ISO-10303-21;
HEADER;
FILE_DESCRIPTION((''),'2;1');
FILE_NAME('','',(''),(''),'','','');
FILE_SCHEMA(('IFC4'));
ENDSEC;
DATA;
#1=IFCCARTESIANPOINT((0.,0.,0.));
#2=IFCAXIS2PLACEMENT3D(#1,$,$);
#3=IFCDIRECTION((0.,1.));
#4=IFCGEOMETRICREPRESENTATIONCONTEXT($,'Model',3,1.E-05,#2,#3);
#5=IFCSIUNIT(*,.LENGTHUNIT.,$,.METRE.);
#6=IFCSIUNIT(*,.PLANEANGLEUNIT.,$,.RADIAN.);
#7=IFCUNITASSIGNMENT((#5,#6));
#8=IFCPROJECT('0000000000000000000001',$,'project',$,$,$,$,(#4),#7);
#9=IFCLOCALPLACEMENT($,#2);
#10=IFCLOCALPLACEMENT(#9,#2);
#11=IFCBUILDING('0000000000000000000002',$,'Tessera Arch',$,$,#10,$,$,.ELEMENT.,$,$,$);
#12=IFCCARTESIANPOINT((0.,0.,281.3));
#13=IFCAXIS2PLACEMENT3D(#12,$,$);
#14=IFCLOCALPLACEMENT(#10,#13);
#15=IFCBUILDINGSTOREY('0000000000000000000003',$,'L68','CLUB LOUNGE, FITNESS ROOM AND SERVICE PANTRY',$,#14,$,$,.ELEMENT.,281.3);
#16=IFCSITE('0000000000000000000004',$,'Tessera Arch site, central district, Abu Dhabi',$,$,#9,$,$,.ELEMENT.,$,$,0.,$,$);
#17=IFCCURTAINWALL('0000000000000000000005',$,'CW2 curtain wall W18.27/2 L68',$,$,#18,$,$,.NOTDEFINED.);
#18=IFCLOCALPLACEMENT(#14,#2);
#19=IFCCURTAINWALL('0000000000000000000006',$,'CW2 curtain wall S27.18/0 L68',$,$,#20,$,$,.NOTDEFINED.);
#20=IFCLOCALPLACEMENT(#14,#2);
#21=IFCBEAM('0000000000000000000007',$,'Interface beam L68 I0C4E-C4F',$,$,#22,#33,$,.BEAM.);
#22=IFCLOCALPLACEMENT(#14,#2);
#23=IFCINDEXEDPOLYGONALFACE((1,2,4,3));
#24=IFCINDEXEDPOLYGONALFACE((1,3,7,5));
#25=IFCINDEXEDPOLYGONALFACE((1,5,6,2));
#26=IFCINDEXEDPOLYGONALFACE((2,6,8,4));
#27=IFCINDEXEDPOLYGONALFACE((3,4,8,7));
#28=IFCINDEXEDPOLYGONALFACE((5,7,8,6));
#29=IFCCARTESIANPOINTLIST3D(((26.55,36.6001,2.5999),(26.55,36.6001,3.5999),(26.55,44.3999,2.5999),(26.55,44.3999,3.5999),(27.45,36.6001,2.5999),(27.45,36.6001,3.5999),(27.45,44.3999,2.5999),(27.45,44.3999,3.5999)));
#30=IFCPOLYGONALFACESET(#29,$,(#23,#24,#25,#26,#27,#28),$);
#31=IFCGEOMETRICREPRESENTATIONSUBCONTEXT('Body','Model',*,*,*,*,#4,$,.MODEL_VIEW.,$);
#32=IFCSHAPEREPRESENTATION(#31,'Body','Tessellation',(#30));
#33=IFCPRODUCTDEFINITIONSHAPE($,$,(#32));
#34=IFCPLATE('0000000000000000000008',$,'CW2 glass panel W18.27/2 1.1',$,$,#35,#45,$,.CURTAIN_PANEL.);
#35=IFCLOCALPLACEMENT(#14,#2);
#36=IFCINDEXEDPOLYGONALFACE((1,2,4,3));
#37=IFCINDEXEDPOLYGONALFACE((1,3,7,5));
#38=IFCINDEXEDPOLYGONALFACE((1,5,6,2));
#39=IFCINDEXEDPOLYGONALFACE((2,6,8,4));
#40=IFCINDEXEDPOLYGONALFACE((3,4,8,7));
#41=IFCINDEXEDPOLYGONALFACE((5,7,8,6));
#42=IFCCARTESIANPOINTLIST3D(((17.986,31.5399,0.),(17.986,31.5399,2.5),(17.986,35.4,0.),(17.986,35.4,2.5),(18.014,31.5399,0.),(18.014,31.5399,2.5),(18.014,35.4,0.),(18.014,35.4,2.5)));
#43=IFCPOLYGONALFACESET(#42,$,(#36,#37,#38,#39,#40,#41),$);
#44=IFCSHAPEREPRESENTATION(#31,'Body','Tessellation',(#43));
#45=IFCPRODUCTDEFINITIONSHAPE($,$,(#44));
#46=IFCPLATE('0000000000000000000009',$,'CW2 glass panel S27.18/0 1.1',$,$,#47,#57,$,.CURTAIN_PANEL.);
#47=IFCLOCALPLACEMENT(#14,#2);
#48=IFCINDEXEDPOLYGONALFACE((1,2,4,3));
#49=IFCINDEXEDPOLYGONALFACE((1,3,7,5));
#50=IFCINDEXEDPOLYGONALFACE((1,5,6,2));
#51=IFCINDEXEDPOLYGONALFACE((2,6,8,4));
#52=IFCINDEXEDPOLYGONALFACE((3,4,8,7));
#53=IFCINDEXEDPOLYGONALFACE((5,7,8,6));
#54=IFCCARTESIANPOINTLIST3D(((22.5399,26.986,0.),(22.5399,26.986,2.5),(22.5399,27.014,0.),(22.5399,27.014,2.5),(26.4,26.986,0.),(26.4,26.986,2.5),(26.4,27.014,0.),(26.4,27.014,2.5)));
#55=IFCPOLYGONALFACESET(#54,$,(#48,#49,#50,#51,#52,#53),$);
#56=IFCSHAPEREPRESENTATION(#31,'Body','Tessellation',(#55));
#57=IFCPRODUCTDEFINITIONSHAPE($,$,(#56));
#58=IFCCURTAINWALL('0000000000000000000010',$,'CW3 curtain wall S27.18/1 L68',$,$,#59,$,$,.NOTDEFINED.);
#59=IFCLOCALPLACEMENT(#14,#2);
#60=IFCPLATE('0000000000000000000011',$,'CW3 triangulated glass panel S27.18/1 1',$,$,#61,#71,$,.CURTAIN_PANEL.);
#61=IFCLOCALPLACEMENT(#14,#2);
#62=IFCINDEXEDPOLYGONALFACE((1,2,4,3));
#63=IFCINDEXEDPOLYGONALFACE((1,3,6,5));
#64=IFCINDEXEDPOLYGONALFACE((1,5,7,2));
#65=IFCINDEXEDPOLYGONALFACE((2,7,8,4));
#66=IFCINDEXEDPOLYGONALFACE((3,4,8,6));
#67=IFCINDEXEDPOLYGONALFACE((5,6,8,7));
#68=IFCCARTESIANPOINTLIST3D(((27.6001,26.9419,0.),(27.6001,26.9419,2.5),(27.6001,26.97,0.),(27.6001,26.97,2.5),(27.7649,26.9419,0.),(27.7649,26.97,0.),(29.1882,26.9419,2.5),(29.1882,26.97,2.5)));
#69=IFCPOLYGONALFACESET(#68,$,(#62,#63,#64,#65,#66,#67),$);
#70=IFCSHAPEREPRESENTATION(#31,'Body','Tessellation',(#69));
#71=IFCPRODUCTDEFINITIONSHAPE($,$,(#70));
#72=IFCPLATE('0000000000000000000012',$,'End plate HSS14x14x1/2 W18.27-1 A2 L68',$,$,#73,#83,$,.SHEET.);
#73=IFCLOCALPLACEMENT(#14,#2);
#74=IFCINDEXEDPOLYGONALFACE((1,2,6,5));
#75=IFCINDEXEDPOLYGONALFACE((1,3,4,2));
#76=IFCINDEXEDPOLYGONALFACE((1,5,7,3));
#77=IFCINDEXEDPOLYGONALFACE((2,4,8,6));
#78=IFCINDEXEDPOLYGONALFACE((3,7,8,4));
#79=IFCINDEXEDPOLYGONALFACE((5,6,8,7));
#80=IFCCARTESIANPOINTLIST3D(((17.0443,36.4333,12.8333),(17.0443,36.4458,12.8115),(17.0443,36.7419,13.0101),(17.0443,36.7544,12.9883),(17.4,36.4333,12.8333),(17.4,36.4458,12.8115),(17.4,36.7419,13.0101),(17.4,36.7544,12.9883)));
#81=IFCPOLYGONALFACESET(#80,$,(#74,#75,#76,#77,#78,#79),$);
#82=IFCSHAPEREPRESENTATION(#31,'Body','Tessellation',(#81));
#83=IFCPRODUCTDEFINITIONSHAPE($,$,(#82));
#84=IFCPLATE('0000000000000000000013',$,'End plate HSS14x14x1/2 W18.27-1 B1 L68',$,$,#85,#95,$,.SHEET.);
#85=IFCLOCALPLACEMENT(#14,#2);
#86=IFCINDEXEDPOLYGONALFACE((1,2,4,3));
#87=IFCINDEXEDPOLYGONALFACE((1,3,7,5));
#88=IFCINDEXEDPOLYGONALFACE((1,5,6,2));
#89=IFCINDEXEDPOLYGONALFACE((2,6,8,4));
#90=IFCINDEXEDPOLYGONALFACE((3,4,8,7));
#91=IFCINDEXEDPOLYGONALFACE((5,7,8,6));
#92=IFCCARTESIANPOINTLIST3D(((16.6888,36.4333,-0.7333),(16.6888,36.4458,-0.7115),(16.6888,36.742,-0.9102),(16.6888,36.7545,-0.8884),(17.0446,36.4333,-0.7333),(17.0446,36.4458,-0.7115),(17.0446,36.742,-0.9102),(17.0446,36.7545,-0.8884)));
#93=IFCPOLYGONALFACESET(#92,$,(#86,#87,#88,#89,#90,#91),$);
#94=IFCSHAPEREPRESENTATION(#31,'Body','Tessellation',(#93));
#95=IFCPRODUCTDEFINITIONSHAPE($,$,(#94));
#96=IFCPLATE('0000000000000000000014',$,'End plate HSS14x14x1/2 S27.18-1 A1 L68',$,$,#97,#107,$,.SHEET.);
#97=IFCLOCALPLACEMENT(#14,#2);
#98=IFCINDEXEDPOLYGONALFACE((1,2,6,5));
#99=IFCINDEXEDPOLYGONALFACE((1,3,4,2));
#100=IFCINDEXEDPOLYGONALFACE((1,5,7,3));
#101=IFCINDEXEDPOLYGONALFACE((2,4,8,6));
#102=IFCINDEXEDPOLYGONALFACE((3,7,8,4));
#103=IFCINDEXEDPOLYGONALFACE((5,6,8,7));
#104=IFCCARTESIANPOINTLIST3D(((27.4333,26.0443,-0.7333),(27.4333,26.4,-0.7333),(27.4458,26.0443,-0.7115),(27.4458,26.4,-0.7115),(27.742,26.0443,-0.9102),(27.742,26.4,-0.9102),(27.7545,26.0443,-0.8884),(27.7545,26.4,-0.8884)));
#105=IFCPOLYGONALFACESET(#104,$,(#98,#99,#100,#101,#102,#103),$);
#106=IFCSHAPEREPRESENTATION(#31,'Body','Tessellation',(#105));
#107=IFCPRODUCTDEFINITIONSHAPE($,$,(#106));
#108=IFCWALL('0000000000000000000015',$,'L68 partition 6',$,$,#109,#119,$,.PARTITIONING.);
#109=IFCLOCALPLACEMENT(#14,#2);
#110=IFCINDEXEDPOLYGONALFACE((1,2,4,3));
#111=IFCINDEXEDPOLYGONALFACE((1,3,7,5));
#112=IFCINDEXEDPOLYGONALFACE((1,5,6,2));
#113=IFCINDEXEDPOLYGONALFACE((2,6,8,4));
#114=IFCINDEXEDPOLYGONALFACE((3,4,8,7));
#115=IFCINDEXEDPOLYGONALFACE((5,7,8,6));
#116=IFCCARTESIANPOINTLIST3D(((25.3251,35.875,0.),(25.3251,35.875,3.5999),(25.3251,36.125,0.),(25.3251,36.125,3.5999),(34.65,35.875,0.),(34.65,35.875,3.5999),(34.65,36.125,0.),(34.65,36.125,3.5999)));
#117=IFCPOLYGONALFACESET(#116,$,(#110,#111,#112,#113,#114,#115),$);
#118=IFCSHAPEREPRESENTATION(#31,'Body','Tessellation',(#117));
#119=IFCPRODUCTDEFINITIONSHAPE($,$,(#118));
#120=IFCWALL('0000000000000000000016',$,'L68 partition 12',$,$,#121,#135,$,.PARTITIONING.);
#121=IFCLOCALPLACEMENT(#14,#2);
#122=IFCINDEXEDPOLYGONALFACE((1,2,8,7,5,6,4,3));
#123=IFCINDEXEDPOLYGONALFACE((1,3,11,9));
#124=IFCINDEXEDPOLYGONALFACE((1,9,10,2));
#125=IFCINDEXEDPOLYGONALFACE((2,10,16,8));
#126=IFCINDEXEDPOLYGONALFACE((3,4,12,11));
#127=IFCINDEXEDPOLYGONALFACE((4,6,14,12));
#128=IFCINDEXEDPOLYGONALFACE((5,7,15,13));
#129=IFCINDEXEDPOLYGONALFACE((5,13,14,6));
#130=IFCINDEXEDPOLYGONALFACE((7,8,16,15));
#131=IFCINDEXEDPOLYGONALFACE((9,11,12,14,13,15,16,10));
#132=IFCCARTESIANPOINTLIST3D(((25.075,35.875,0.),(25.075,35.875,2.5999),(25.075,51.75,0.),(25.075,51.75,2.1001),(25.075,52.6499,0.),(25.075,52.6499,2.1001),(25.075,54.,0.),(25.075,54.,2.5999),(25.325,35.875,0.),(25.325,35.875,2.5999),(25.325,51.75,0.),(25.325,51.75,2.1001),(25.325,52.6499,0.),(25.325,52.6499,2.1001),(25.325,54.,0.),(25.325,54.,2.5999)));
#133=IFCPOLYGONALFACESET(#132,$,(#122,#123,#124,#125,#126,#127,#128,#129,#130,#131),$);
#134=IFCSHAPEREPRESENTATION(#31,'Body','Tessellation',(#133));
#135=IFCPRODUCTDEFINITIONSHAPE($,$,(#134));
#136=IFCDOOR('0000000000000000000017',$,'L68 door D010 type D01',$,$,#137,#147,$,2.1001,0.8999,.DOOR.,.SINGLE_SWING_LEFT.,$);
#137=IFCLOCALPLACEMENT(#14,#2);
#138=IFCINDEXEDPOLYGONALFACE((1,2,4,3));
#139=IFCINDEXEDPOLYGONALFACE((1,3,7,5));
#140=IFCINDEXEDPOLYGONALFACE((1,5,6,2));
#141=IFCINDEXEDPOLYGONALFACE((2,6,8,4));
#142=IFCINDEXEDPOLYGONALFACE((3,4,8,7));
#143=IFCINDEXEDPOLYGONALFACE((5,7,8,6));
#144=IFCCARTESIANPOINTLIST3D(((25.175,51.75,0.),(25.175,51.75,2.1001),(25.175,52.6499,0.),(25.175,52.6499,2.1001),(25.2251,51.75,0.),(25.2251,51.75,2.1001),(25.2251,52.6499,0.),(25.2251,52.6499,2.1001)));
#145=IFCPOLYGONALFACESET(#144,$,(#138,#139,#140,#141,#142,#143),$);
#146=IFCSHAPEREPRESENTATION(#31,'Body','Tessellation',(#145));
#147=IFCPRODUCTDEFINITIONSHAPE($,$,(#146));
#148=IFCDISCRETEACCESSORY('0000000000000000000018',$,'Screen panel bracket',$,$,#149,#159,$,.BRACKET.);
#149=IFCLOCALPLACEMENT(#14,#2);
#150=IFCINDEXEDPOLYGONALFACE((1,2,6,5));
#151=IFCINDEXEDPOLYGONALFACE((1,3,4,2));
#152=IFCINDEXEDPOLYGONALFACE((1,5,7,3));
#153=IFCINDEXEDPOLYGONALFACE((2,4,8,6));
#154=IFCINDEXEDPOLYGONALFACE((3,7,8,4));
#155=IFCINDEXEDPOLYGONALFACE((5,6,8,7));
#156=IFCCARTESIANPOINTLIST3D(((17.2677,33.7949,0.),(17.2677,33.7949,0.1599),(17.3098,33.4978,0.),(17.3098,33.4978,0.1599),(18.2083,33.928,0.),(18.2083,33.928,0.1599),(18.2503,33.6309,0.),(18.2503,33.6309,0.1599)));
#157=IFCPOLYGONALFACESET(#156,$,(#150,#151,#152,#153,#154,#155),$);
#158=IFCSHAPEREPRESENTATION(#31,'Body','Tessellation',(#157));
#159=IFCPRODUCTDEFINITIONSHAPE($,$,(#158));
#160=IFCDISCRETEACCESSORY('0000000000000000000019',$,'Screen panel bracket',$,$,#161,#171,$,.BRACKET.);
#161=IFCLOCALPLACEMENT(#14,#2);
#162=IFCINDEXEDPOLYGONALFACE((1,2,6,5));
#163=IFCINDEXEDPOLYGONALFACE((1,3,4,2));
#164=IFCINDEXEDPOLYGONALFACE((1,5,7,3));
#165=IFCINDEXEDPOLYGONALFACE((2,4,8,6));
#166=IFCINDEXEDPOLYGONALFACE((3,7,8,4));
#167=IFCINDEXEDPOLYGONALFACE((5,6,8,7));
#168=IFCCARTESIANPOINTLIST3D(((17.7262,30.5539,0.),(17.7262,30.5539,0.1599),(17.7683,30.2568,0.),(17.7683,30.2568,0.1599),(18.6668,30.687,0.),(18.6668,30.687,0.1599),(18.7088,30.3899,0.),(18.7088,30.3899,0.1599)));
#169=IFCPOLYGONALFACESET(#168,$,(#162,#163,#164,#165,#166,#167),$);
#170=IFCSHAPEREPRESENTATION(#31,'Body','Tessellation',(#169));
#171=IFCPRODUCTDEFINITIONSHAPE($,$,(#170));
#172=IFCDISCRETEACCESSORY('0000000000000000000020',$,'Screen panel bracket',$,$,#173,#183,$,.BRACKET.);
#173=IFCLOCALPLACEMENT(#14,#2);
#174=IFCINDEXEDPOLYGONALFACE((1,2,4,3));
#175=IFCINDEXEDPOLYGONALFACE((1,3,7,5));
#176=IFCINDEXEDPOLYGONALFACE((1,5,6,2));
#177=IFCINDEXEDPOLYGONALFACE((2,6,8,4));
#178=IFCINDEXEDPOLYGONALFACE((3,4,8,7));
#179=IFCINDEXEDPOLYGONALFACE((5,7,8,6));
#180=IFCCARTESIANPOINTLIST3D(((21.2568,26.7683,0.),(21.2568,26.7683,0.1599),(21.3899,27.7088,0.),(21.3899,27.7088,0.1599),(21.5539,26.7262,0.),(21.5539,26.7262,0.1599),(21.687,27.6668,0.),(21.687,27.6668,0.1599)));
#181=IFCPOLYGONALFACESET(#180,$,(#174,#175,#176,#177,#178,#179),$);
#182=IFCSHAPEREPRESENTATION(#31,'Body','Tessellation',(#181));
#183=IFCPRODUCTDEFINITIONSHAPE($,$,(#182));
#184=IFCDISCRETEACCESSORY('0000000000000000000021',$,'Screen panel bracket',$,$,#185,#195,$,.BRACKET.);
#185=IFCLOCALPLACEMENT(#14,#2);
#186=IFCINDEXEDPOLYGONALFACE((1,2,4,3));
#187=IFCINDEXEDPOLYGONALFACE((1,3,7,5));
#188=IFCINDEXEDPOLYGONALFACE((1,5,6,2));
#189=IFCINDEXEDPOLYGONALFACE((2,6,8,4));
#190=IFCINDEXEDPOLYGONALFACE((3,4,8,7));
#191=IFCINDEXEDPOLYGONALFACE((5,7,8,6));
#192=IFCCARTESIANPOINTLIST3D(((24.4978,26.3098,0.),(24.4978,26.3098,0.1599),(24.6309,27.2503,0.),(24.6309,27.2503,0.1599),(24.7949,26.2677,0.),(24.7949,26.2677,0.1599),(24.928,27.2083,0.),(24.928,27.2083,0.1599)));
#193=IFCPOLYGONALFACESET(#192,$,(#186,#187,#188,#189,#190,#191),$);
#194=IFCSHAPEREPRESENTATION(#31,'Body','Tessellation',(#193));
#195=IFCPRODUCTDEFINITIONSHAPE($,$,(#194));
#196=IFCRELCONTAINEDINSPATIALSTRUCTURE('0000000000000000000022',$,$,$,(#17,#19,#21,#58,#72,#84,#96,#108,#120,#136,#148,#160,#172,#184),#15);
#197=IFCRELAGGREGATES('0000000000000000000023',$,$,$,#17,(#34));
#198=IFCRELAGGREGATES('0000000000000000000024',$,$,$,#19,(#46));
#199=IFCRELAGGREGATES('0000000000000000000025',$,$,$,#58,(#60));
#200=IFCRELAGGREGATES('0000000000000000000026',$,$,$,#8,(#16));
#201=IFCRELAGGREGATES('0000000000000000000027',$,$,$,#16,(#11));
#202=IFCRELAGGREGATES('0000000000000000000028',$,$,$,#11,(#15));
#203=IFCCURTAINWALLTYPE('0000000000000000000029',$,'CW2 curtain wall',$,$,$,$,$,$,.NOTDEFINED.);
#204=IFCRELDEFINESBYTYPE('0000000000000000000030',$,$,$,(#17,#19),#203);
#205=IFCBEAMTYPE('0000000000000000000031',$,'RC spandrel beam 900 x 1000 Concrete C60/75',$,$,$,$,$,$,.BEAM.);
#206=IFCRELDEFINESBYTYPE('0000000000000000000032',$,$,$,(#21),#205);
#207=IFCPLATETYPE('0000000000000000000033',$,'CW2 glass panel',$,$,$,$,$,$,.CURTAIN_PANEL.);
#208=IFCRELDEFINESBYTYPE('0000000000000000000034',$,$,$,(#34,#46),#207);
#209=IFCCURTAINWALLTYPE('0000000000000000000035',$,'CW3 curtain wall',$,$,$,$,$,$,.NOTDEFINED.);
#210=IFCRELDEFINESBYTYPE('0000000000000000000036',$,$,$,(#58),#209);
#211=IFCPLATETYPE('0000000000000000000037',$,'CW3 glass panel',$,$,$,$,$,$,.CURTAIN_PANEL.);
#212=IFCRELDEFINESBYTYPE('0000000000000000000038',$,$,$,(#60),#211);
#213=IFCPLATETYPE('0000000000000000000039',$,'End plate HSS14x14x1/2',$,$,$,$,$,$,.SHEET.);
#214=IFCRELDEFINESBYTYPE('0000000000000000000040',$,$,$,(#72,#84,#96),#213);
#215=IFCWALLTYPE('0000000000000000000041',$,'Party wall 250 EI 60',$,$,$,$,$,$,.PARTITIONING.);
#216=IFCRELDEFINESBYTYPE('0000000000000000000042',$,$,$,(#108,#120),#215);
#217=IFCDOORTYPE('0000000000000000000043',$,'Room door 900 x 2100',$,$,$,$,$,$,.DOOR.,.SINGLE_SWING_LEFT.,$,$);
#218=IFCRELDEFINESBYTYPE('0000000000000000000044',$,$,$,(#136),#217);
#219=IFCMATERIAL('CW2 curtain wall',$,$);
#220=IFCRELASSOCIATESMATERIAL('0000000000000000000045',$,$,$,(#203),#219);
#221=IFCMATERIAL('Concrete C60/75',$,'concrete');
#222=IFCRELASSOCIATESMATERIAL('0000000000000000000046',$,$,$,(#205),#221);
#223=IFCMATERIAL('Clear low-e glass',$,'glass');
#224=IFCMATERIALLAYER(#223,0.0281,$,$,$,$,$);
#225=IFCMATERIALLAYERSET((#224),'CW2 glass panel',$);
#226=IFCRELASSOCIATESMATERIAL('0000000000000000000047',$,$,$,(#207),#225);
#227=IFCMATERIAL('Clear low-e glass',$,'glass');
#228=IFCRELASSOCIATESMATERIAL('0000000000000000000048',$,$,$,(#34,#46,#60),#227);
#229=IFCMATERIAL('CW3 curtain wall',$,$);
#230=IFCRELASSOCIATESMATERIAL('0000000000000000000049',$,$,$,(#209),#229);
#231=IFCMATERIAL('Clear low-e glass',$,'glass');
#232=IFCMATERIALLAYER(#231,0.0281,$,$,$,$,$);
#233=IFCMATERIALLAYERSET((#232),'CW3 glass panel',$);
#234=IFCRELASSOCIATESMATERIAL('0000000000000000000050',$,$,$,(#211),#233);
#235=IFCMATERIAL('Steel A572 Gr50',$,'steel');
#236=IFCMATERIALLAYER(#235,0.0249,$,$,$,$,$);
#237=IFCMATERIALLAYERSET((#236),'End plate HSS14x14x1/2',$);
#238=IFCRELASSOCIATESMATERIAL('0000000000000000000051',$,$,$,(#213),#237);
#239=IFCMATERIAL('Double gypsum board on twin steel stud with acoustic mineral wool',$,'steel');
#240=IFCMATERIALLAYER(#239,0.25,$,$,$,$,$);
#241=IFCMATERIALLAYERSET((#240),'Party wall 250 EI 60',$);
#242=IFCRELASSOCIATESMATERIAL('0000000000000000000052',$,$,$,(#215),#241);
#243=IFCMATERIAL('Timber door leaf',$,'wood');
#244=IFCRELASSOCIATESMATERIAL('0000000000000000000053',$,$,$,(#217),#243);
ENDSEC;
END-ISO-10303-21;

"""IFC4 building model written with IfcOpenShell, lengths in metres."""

from ifc_helpers import new_model, si_unit, direction, frame, frame_2d, origin, origin_2d, place, context, subcontext, project, spatial, polyline, rectangle, outline, extrude, material, layer, layer_set, material_profile, profile_set, type_object, element, fill, aggregate, save


model = new_model("IFC4")

# Units and contexts
model_context = context("Model", 3, precision=1e-05, world=origin(), true_north=direction((0.0, 1.0)))
body_context = subcontext(model_context, "Body", "Model", "MODEL_VIEW")
ifc_project = project(units=[si_unit("LENGTHUNIT", "METRE"), si_unit("PLANEANGLEUNIT", "RADIAN")], contexts=[model_context])

# Site, building, storey
site_placement = place(None, origin())
site = spatial("IfcSite", under=ifc_project, at=site_placement, Name="Tessera Arch site, central district, Abu Dhabi", CompositionType="ELEMENT", RefElevation=0.0)
building_placement = place(site_placement, origin())
building = spatial("IfcBuilding", under=site, at=building_placement, Name="Tessera Arch", CompositionType="ELEMENT")
storey_placement = place(building_placement, frame((0.0, 0.0, 281.3)))
storey = spatial("IfcBuildingStorey", under=building, at=storey_placement, Name="L68", Description="CLUB LOUNGE, FITNESS ROOM AND SERVICE PANTRY", CompositionType="ELEMENT", Elevation=281.3)

# Curtain walls
ifc_material_1 = material(Name="CW2 curtain wall")
curtain_wall_type_1 = type_object("IfcCurtainWallType", Name="CW2 curtain wall", PredefinedType="NOTDEFINED", material=ifc_material_1)
curtain_wall_1_placement = place(storey_placement, origin())
curtain_wall_1 = element("IfcCurtainWall", 1, at=curtain_wall_1_placement, inside=storey, type_object=curtain_wall_type_1, Name="CW2 curtain wall W18.27/2 L68", PredefinedType="NOTDEFINED")
curtain_wall_2_placement = place(storey_placement, origin())
curtain_wall_2 = element("IfcCurtainWall", 2, at=curtain_wall_2_placement, inside=storey, type_object=curtain_wall_type_1, Name="CW2 curtain wall S27.18/0 L68", PredefinedType="NOTDEFINED")

# Beam
ifc_material_2 = material(Name="Concrete C60/75", Category="concrete")
ifc_material_profile_1 = material_profile(ifc_material_2, rectangle(XDim=0.8999, YDim=1.0, at=origin_2d()), Name="RC spandrel beam 900 x 1000 Concrete C60/75")
ifc_profile_set_1 = profile_set([ifc_material_profile_1], Name="Concrete C60/75")
beam_type = type_object("IfcBeamType", Name="RC spandrel beam 900 x 1000 Concrete C60/75", PredefinedType="BEAM", material=ifc_profile_set_1)
for number, where, z_axis, x_axis, name in (
    (3, (27.0, 36.6001, 3.0999), (0.0, 1.0, 0.0), (-1.0, 0.0, 0.0), "Interface beam L68 I0C4E-C4F"),
):
    element("IfcBeam", number, at=place(storey_placement, frame(where, z_axis=z_axis, x_axis=x_axis)), inside=storey, type_object=beam_type, Name=name, PredefinedType="BEAM", context=body_context, shape_type="SweptSolid", body=[
        extrude(rectangle(XDim=0.8999, YDim=1.0, at=origin_2d()), origin(), (0.0, 0.0, 1.0), 7.7998),
    ])

# Plates
ifc_material_3 = material(Name="Clear low-e glass", Category="glass")
ifc_material_4 = material(Name="Clear low-e glass", Category="glass")
ifc_layer_1 = layer(ifc_material_4, 0.0281)
ifc_layer_set_1 = layer_set([ifc_layer_1], Name="CW2 glass panel")
plate_type_1 = type_object("IfcPlateType", Name="CW2 glass panel", PredefinedType="CURTAIN_PANEL", material=ifc_layer_set_1)
plate_1_placement = place(storey_placement, frame((18.0, 33.47, 0.0), z_axis=(0.0, 0.0, 1.0), x_axis=(0.0, -1.0, 0.0)))
plate_1 = element("IfcPlate", 4, at=plate_1_placement, type_object=plate_type_1, material=ifc_material_3, Name="CW2 glass panel W18.27/2 1.1", PredefinedType="CURTAIN_PANEL", context=body_context, shape_type="SweptSolid", body=[
    extrude(rectangle(XDim=3.8601, YDim=0.0281, at=origin_2d()), origin(), (0.0, 0.0, 1.0), 2.5),
])
aggregate(curtain_wall_1, [plate_1])
plate_2_placement = place(storey_placement, frame((24.47, 27.0, 0.0), z_axis=(0.0, 0.0, 1.0), x_axis=(1.0, 0.0, 0.0)))
plate_2 = element("IfcPlate", 5, at=plate_2_placement, type_object=plate_type_1, material=ifc_material_3, Name="CW2 glass panel S27.18/0 1.1", PredefinedType="CURTAIN_PANEL", context=body_context, shape_type="SweptSolid", body=[
    extrude(rectangle(XDim=3.8601, YDim=0.0281, at=origin_2d()), origin(), (0.0, 0.0, 1.0), 2.5),
])
aggregate(curtain_wall_2, [plate_2])

# Curtain wall, plate
ifc_material_5 = material(Name="CW3 curtain wall")
curtain_wall_type_2 = type_object("IfcCurtainWallType", Name="CW3 curtain wall", PredefinedType="NOTDEFINED", material=ifc_material_5)
curtain_wall_3_placement = place(storey_placement, origin())
curtain_wall_3 = element("IfcCurtainWall", 6, at=curtain_wall_3_placement, inside=storey, type_object=curtain_wall_type_2, Name="CW3 curtain wall S27.18/1 L68", PredefinedType="NOTDEFINED")
ifc_material_6 = material(Name="Clear low-e glass", Category="glass")
ifc_layer_2 = layer(ifc_material_6, 0.0281)
ifc_layer_set_2 = layer_set([ifc_layer_2], Name="CW3 glass panel")
plate_type_2 = type_object("IfcPlateType", Name="CW3 glass panel", PredefinedType="CURTAIN_PANEL", material=ifc_layer_set_2)
plate_3_placement = place(storey_placement, frame((27.6001, 26.9419, 0.0), z_axis=(0.0, -1.0, 0.0), x_axis=(1.0, 0.0, 0.0)))
plate_3 = element("IfcPlate", 7, at=plate_3_placement, type_object=plate_type_2, material=ifc_material_3, Name="CW3 triangulated glass panel S27.18/1 1", PredefinedType="CURTAIN_PANEL", context=body_context, shape_type="SweptSolid", body=[
    extrude(outline(polyline([(0.0, 0.0), (0.1648, 0.0), (1.5881, 2.5), (0.0, 2.5), (0.0, 0.0)])), origin(), (0.0, 0.0, -1.0), 0.0281),
])
aggregate(curtain_wall_3, [plate_3])

# Plates
ifc_material_7 = material(Name="Steel A572 Gr50", Category="steel")
ifc_layer_3 = layer(ifc_material_7, 0.0249)
ifc_layer_set_3 = layer_set([ifc_layer_3], Name="End plate HSS14x14x1/2")
plate_type_3 = type_object("IfcPlateType", Name="End plate HSS14x14x1/2", PredefinedType="SHEET", material=ifc_layer_set_3)
for number, where, z_axis, x_axis, name in (
    (8, (17.2222, 36.6001, 12.8999), (0.0, -0.497188, 0.867643), (1.0, 0.0, 0.0), "End plate HSS14x14x1/2 W18.27-1 A2 L68"),
    (9, (16.8667, 36.5876, -0.8218), (0.0, 0.497188, 0.867643), (-1.0, 0.0, 0.0), "End plate HSS14x14x1/2 W18.27-1 B1 L68"),
    (10, (27.5876, 26.2222, -0.8218), (0.497188, 0.0, 0.867643), (0.0, 1.0, 0.0), "End plate HSS14x14x1/2 S27.18-1 A1 L68"),
):
    element("IfcPlate", number, at=place(storey_placement, frame(where, z_axis=z_axis, x_axis=x_axis)), inside=storey, type_object=plate_type_3, Name=name, PredefinedType="SHEET", context=body_context, shape_type="SweptSolid", body=[
        extrude(rectangle(XDim=0.3557, YDim=0.3557, at=origin_2d()), origin(), (0.0, 0.0, 1.0), 0.0251),
    ])

# Wall
ifc_material_8 = material(Name="Double gypsum board on twin steel stud with acoustic mineral wool", Category="steel")
ifc_layer_4 = layer(ifc_material_8, 0.25)
ifc_layer_set_4 = layer_set([ifc_layer_4], Name="Party wall 250 EI 60")
wall_type = type_object("IfcWallType", Name="Party wall 250 EI 60", PredefinedType="PARTITIONING", material=ifc_layer_set_4)
wall_1_placement = place(storey_placement, frame((25.325, 36.0, 0.0), z_axis=(0.0, 0.0, 1.0), x_axis=(1.0, 0.0, 0.0)))
element("IfcWall", 11, at=wall_1_placement, inside=storey, type_object=wall_type, Name="L68 partition 6", PredefinedType="PARTITIONING", context=body_context, shape_type="SweptSolid", body=[
    extrude(rectangle(XDim=9.325, YDim=0.25, at=frame_2d((4.6626, 0.0))), origin(), (0.0, 0.0, 1.0), 3.5999),
])

# Wall, opening, door
wall_2_placement = place(storey_placement, frame((25.2, 35.875, 0.0), z_axis=(0.0, 0.0, 1.0), x_axis=(0.0, 1.0, 0.0)))
wall_2 = element("IfcWall", 12, at=wall_2_placement, inside=storey, type_object=wall_type, Name="L68 partition 12", PredefinedType="PARTITIONING", context=body_context, shape_type="SweptSolid", body=[
    extrude(rectangle(XDim=18.125, YDim=0.25, at=frame_2d((9.0625, 0.0))), origin(), (0.0, 0.0, 1.0), 2.5999),
])
opening_placement = place(wall_2_placement, frame((15.875, 0.0, 0.0)))
opening = element("IfcOpeningElement", 13, at=opening_placement, cuts=wall_2, PredefinedType="OPENING", context=body_context, shape_type="SweptSolid", body=[
    extrude(rectangle(XDim=0.8999, YDim=2.1001, at=frame_2d((0.45, 1.05))), frame((0.0, 0.135, 0.0), z_axis=(0.0, -1.0, 0.0), x_axis=(1.0, 0.0, 0.0)), (0.0, 0.0, 1.0), 0.27),
])
ifc_material_9 = material(Name="Timber door leaf", Category="wood")
door_type = type_object("IfcDoorType", Name="Room door 900 x 2100", OperationType="SINGLE_SWING_LEFT", PredefinedType="DOOR", material=ifc_material_9)
door_placement = place(opening_placement, origin())
door = element("IfcDoor", 14, at=door_placement, inside=storey, type_object=door_type, Name="L68 door D010 type D01", OperationType="SINGLE_SWING_LEFT", OverallHeight=2.1001, OverallWidth=0.8999, PredefinedType="DOOR", context=body_context, shape_type="SweptSolid", body=[
    extrude(rectangle(XDim=0.8999, YDim=2.1001, at=frame_2d((0.45, 1.05))), frame((0.0, 0.0249, 0.0), z_axis=(0.0, -1.0, 0.0), x_axis=(1.0, 0.0, 0.0)), (0.0, 0.0, 1.0), 0.05),
])
fill(opening, door)

# Discrete accessories
for number, where, z_axis, x_axis, name in (
    (15, (17.759, 33.7129, 0.0), (0.0, 0.0, 1.0), (-0.990139, -0.140089, 0.0), "Screen panel bracket"),
    (16, (18.2175, 30.4719, 0.0), (0.0, 0.0, 1.0), (-0.990139, -0.140089, 0.0), "Screen panel bracket"),
    (17, (21.4719, 27.2175, 0.0), (0.0, 0.0, 1.0), (-0.140089, -0.990139, 0.0), "Screen panel bracket"),
    (18, (24.7129, 26.759, 0.0), (0.0, 0.0, 1.0), (-0.140089, -0.990139, 0.0), "Screen panel bracket"),
):
    element("IfcDiscreteAccessory", number, at=place(storey_placement, frame(where, z_axis=z_axis, x_axis=x_axis)), inside=storey, Name=name, PredefinedType="BRACKET", context=body_context, shape_type="SweptSolid", body=[
        extrude(rectangle(XDim=0.95, YDim=0.3, at=origin_2d()), origin(), (0.0, 0.0, 1.0), 0.1599),
    ])

save(model, "model.ifc")
